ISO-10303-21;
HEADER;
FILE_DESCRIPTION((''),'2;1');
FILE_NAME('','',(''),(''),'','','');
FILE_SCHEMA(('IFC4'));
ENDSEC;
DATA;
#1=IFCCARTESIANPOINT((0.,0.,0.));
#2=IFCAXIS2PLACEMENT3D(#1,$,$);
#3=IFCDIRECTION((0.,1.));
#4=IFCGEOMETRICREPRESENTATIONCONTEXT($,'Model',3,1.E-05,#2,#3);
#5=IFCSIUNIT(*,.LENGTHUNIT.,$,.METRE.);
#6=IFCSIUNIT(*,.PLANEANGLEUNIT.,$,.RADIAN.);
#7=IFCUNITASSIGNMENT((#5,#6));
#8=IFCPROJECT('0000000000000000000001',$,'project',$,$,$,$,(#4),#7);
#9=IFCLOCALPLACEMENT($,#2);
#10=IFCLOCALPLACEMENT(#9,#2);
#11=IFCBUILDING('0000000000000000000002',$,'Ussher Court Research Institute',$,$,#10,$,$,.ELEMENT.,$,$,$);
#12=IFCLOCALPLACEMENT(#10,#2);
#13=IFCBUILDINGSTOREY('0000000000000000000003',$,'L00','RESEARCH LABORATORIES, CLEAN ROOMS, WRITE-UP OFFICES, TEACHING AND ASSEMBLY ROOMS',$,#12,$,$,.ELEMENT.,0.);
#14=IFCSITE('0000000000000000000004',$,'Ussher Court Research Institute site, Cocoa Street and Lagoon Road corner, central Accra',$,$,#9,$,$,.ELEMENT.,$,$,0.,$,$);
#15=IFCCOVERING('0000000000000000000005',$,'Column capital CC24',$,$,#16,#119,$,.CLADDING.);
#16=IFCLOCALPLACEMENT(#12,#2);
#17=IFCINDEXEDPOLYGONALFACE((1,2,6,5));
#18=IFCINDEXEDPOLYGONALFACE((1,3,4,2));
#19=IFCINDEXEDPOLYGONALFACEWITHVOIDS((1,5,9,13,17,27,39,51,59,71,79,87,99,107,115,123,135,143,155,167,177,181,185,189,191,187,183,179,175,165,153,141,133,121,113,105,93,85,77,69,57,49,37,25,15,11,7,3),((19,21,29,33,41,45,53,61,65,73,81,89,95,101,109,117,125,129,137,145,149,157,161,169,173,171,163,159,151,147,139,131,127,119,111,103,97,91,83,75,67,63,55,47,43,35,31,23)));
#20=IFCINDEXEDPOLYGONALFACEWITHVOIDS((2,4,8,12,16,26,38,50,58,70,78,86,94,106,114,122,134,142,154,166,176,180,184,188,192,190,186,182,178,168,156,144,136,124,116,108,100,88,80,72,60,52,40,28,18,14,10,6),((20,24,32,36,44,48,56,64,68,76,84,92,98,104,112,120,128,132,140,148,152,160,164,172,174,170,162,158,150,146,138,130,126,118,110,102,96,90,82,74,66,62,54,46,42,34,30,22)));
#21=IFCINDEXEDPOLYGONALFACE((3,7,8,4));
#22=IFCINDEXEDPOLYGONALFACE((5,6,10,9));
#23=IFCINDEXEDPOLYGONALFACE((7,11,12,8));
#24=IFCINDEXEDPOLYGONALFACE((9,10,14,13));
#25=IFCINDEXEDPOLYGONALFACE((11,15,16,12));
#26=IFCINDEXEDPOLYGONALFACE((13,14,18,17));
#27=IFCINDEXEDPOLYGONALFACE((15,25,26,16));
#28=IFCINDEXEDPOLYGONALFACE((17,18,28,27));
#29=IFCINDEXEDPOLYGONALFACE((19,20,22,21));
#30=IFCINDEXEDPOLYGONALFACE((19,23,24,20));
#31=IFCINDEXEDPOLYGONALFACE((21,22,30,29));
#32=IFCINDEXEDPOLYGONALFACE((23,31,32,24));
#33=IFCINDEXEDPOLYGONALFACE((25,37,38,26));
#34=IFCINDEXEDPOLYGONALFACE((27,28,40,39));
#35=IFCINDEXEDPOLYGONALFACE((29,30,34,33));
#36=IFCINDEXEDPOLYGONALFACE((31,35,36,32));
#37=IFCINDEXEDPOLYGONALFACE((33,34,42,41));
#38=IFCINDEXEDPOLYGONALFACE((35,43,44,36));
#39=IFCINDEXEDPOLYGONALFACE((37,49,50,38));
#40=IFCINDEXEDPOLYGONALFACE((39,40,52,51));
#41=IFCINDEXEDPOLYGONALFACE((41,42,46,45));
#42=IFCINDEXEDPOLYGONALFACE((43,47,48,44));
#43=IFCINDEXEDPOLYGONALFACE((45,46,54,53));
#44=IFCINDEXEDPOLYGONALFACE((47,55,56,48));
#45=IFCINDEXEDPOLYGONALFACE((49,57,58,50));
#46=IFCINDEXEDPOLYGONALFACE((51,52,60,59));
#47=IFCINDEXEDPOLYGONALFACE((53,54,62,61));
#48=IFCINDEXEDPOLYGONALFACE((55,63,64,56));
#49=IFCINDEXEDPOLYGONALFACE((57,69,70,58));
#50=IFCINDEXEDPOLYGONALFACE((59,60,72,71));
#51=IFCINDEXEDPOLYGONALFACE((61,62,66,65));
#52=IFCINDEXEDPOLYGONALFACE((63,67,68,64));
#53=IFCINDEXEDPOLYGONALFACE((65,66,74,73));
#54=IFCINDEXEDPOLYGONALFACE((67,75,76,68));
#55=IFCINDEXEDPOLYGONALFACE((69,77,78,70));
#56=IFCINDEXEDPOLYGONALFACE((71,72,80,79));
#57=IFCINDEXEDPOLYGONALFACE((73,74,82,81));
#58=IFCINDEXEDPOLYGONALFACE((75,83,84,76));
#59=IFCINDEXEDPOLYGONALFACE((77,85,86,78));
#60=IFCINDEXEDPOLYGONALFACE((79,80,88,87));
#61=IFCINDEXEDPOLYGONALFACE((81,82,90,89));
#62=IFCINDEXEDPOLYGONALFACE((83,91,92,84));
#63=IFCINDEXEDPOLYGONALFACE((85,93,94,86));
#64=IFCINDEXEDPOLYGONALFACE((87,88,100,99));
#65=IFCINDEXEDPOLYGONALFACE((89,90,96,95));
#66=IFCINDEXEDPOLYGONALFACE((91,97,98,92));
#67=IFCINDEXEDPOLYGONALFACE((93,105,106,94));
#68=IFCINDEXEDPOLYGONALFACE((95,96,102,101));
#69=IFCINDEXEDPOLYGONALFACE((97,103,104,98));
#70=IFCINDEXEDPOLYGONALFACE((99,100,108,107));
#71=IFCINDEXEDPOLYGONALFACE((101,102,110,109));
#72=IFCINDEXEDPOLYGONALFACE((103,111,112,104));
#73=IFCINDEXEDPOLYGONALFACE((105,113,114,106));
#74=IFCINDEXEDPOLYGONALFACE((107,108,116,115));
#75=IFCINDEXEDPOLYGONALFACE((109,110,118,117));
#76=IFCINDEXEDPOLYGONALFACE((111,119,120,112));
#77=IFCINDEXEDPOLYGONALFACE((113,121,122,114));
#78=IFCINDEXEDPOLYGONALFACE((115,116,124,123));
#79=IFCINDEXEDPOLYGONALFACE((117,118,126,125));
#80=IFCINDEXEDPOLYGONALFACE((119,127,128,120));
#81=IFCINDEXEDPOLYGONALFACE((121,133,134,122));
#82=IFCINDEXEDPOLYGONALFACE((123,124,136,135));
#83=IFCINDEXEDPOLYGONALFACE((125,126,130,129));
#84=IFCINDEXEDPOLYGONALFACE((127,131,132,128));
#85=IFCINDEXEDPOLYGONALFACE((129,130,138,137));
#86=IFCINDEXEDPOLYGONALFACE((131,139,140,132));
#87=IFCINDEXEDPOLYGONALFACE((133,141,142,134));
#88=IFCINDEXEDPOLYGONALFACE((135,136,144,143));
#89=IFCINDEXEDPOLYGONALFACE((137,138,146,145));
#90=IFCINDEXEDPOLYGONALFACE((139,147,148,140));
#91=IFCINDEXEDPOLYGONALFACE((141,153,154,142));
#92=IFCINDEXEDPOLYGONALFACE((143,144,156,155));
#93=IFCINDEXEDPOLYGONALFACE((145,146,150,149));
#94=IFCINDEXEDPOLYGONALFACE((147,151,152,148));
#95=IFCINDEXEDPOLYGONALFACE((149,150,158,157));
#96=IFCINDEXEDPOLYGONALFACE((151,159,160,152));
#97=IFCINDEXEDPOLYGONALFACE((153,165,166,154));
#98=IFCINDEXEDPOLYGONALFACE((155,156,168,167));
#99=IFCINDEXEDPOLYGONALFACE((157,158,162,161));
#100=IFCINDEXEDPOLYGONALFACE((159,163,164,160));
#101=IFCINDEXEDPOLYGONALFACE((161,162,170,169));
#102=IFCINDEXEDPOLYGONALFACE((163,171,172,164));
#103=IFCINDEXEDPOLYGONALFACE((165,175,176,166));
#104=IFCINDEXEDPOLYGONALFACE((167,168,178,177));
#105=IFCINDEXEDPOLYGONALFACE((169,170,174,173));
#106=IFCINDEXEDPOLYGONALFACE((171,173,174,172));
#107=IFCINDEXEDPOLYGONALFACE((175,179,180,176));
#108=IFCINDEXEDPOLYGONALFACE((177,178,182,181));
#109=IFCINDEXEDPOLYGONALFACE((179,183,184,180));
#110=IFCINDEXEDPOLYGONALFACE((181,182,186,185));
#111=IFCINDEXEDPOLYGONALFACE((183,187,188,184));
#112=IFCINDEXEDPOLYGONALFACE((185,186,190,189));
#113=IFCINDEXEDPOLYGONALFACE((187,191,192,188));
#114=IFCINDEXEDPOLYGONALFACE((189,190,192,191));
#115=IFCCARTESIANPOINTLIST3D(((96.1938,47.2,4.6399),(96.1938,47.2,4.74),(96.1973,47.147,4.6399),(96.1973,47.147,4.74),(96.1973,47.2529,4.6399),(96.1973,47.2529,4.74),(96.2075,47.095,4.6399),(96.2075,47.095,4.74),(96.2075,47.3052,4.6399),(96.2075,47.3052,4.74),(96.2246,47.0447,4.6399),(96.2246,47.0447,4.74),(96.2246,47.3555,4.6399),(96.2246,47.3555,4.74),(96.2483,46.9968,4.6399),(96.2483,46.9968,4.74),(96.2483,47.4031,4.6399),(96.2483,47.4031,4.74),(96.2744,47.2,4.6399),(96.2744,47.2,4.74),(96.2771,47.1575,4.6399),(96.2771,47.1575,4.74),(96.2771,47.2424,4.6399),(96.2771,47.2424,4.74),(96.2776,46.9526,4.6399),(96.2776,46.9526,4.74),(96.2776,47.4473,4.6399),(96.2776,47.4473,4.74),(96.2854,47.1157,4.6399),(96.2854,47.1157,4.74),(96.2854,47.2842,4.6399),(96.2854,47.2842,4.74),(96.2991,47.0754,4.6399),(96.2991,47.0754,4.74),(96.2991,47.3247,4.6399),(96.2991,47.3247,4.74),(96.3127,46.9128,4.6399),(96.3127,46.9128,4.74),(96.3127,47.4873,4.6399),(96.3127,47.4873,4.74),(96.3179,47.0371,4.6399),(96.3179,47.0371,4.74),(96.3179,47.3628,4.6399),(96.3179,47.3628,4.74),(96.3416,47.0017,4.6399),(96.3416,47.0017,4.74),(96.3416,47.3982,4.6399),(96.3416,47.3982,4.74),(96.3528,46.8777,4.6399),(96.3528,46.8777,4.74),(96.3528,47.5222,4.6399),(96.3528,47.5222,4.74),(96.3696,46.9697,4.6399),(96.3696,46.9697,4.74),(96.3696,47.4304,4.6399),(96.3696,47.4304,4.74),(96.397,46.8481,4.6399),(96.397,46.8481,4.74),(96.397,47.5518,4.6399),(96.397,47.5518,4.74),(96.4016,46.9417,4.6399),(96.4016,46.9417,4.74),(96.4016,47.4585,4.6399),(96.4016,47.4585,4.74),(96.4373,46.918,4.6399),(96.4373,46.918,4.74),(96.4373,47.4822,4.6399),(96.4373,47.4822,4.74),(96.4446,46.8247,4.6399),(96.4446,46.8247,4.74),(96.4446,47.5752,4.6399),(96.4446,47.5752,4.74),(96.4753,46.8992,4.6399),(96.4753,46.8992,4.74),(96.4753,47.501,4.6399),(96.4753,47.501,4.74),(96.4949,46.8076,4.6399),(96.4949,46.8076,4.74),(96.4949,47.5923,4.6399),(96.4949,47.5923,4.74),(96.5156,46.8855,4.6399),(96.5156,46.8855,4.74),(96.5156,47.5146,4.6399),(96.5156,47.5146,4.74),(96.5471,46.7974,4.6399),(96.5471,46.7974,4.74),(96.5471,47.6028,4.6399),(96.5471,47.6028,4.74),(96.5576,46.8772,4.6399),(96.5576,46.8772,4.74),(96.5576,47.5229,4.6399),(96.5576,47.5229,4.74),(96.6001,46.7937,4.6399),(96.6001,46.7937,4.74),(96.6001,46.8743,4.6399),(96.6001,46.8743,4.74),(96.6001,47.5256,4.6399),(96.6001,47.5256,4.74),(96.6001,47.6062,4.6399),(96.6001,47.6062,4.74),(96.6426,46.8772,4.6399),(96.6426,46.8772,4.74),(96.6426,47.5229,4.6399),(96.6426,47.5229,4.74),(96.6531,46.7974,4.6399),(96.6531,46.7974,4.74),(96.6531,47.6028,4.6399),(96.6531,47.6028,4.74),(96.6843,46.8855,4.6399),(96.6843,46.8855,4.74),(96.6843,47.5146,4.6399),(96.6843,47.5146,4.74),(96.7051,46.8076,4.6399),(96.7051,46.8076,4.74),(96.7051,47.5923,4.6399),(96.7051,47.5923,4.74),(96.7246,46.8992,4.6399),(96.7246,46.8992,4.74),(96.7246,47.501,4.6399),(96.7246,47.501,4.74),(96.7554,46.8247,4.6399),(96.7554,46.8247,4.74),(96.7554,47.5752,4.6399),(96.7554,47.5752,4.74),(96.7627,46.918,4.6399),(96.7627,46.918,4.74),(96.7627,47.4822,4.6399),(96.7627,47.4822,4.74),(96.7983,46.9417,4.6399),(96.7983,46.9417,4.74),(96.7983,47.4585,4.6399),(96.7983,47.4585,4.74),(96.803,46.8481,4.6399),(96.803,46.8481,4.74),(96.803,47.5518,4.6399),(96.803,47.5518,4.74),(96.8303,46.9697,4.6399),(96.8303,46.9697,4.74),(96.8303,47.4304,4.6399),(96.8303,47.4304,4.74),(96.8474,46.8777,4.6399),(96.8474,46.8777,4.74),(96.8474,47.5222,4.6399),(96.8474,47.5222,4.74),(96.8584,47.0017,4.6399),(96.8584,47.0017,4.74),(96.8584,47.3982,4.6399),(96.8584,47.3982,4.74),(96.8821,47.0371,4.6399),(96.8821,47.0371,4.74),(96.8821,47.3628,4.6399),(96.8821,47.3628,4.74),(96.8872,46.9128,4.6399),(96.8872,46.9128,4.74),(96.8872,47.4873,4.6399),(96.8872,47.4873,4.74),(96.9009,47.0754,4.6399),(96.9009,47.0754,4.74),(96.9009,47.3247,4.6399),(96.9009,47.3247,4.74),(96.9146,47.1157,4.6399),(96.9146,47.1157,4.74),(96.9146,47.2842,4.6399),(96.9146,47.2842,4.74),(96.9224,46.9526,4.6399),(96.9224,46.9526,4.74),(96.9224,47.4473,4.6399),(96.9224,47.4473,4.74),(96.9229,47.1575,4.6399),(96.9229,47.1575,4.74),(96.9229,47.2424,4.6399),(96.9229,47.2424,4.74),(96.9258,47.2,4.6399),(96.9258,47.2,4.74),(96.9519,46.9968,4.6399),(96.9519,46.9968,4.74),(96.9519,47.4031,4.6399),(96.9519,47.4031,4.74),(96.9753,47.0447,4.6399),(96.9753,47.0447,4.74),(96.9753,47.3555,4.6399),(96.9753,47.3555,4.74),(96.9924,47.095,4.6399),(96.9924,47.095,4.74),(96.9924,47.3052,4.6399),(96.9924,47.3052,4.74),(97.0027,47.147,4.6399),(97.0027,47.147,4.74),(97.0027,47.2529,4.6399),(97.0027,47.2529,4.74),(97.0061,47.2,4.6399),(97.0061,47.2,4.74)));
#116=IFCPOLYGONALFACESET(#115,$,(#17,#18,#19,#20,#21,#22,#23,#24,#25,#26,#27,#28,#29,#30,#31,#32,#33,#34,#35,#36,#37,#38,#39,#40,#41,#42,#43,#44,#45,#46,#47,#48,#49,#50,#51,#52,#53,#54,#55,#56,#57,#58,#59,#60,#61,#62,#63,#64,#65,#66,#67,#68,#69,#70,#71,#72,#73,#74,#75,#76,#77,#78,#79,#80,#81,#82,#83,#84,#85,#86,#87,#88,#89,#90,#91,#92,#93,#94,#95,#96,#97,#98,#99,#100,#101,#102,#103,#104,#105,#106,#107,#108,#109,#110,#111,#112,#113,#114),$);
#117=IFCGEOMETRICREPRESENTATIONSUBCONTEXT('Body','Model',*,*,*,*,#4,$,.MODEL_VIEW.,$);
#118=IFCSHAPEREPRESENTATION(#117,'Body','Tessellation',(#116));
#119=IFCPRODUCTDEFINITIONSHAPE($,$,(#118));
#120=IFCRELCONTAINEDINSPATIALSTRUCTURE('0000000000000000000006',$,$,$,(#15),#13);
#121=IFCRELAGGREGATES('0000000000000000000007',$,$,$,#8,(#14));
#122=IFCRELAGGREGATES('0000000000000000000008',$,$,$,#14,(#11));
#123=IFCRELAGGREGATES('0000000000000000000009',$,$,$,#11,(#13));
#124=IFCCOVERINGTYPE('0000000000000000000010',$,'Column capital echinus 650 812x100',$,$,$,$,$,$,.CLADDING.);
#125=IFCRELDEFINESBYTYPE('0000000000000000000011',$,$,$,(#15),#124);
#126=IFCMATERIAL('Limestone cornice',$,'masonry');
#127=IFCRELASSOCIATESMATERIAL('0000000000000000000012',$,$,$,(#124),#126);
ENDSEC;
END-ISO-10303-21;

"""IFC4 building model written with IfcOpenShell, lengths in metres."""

from ifc_helpers import new_model, si_unit, direction, frame, origin, place, context, subcontext, project, spatial, polyline, outline, extrude, material, type_object, element, save


model = new_model("IFC4")

# Units and contexts
model_context = context("Model", 3, precision=1e-05, world=origin(), true_north=direction((0.0, 1.0)))
body_context = subcontext(model_context, "Body", "Model", "MODEL_VIEW")
ifc_project = project(units=[si_unit("LENGTHUNIT", "METRE"), si_unit("PLANEANGLEUNIT", "RADIAN")], contexts=[model_context])

# Site, building, storey
site_placement = place(None, origin())
site = spatial("IfcSite", under=ifc_project, at=site_placement, Name="Ussher Court Research Institute site, Cocoa Street and Lagoon Road corner, central Accra", CompositionType="ELEMENT", RefElevation=0.0)
building_placement = place(site_placement, origin())
building = spatial("IfcBuilding", under=site, at=building_placement, Name="Ussher Court Research Institute", CompositionType="ELEMENT")
storey_placement = place(building_placement, origin())
storey = spatial("IfcBuildingStorey", under=building, at=storey_placement, Name="L00", Description="RESEARCH LABORATORIES, CLEAN ROOMS, WRITE-UP OFFICES, TEACHING AND ASSEMBLY ROOMS", CompositionType="ELEMENT", Elevation=0.0)

# Covering
ifc_material_1 = material(Name="Limestone cornice", Category="masonry")
covering_type_1 = type_object("IfcCoveringType", Name="Column capital echinus 650 812x100", PredefinedType="CLADDING", material=ifc_material_1)
covering_1_placement = place(storey_placement, frame((0.0, 0.0, 4.6399)))
element("IfcCovering", 1, at=covering_1_placement, inside=storey, type_object=covering_type_1, Name="Column capital CC24", PredefinedType="CLADDING", context=body_context, shape_type="SweptSolid", body=[
    extrude(outline(polyline([(97.0061, 47.2), (97.0027, 47.2529), (96.9924, 47.3052), (96.9753, 47.3555), (96.9519, 47.4031), (96.9224, 47.4473), (96.8872, 47.4873), (96.8474, 47.5222), (96.803, 47.5518), (96.7554, 47.5752), (96.7051, 47.5923), (96.6531, 47.6028), (96.6001, 47.6062), (96.5471, 47.6028), (96.4949, 47.5923), (96.4446, 47.5752), (96.397, 47.5518), (96.3528, 47.5222), (96.3127, 47.4873), (96.2776, 47.4473), (96.2483, 47.4031), (96.2246, 47.3555), (96.2075, 47.3052), (96.1973, 47.2529), (96.1938, 47.2), (96.1973, 47.147), (96.2075, 47.095), (96.2246, 47.0447), (96.2483, 46.9968), (96.2776, 46.9526), (96.3127, 46.9128), (96.3528, 46.8777), (96.397, 46.8481), (96.4446, 46.8247), (96.4949, 46.8076), (96.5471, 46.7974), (96.6001, 46.7937), (96.6531, 46.7974), (96.7051, 46.8076), (96.7554, 46.8247), (96.803, 46.8481), (96.8474, 46.8777), (96.8872, 46.9128), (96.9224, 46.9526), (96.9519, 46.9968), (96.9753, 47.0447), (96.9924, 47.095), (97.0027, 47.147), (97.0061, 47.2)]), holes=[polyline([(96.9258, 47.2), (96.9229, 47.2424), (96.9146, 47.2842), (96.9009, 47.3247), (96.8821, 47.3628), (96.8584, 47.3982), (96.8303, 47.4304), (96.7983, 47.4585), (96.7627, 47.4822), (96.7246, 47.501), (96.6843, 47.5146), (96.6426, 47.5229), (96.6001, 47.5256), (96.5576, 47.5229), (96.5156, 47.5146), (96.4753, 47.501), (96.4373, 47.4822), (96.4016, 47.4585), (96.3696, 47.4304), (96.3416, 47.3982), (96.3179, 47.3628), (96.2991, 47.3247), (96.2854, 47.2842), (96.2771, 47.2424), (96.2744, 47.2), (96.2771, 47.1575), (96.2854, 47.1157), (96.2991, 47.0754), (96.3179, 47.0371), (96.3416, 47.0017), (96.3696, 46.9697), (96.4016, 46.9417), (96.4373, 46.918), (96.4753, 46.8992), (96.5156, 46.8855), (96.5576, 46.8772), (96.6001, 46.8743), (96.6426, 46.8772), (96.6843, 46.8855), (96.7246, 46.8992), (96.7627, 46.918), (96.7983, 46.9417), (96.8303, 46.9697), (96.8584, 47.0017), (96.8821, 47.0371), (96.9009, 47.0754), (96.9146, 47.1157), (96.9229, 47.1575), (96.9258, 47.2)])]), origin(), (0.0, 0.0, 1.0), 0.1001),
])

save(model, "model.ifc")
